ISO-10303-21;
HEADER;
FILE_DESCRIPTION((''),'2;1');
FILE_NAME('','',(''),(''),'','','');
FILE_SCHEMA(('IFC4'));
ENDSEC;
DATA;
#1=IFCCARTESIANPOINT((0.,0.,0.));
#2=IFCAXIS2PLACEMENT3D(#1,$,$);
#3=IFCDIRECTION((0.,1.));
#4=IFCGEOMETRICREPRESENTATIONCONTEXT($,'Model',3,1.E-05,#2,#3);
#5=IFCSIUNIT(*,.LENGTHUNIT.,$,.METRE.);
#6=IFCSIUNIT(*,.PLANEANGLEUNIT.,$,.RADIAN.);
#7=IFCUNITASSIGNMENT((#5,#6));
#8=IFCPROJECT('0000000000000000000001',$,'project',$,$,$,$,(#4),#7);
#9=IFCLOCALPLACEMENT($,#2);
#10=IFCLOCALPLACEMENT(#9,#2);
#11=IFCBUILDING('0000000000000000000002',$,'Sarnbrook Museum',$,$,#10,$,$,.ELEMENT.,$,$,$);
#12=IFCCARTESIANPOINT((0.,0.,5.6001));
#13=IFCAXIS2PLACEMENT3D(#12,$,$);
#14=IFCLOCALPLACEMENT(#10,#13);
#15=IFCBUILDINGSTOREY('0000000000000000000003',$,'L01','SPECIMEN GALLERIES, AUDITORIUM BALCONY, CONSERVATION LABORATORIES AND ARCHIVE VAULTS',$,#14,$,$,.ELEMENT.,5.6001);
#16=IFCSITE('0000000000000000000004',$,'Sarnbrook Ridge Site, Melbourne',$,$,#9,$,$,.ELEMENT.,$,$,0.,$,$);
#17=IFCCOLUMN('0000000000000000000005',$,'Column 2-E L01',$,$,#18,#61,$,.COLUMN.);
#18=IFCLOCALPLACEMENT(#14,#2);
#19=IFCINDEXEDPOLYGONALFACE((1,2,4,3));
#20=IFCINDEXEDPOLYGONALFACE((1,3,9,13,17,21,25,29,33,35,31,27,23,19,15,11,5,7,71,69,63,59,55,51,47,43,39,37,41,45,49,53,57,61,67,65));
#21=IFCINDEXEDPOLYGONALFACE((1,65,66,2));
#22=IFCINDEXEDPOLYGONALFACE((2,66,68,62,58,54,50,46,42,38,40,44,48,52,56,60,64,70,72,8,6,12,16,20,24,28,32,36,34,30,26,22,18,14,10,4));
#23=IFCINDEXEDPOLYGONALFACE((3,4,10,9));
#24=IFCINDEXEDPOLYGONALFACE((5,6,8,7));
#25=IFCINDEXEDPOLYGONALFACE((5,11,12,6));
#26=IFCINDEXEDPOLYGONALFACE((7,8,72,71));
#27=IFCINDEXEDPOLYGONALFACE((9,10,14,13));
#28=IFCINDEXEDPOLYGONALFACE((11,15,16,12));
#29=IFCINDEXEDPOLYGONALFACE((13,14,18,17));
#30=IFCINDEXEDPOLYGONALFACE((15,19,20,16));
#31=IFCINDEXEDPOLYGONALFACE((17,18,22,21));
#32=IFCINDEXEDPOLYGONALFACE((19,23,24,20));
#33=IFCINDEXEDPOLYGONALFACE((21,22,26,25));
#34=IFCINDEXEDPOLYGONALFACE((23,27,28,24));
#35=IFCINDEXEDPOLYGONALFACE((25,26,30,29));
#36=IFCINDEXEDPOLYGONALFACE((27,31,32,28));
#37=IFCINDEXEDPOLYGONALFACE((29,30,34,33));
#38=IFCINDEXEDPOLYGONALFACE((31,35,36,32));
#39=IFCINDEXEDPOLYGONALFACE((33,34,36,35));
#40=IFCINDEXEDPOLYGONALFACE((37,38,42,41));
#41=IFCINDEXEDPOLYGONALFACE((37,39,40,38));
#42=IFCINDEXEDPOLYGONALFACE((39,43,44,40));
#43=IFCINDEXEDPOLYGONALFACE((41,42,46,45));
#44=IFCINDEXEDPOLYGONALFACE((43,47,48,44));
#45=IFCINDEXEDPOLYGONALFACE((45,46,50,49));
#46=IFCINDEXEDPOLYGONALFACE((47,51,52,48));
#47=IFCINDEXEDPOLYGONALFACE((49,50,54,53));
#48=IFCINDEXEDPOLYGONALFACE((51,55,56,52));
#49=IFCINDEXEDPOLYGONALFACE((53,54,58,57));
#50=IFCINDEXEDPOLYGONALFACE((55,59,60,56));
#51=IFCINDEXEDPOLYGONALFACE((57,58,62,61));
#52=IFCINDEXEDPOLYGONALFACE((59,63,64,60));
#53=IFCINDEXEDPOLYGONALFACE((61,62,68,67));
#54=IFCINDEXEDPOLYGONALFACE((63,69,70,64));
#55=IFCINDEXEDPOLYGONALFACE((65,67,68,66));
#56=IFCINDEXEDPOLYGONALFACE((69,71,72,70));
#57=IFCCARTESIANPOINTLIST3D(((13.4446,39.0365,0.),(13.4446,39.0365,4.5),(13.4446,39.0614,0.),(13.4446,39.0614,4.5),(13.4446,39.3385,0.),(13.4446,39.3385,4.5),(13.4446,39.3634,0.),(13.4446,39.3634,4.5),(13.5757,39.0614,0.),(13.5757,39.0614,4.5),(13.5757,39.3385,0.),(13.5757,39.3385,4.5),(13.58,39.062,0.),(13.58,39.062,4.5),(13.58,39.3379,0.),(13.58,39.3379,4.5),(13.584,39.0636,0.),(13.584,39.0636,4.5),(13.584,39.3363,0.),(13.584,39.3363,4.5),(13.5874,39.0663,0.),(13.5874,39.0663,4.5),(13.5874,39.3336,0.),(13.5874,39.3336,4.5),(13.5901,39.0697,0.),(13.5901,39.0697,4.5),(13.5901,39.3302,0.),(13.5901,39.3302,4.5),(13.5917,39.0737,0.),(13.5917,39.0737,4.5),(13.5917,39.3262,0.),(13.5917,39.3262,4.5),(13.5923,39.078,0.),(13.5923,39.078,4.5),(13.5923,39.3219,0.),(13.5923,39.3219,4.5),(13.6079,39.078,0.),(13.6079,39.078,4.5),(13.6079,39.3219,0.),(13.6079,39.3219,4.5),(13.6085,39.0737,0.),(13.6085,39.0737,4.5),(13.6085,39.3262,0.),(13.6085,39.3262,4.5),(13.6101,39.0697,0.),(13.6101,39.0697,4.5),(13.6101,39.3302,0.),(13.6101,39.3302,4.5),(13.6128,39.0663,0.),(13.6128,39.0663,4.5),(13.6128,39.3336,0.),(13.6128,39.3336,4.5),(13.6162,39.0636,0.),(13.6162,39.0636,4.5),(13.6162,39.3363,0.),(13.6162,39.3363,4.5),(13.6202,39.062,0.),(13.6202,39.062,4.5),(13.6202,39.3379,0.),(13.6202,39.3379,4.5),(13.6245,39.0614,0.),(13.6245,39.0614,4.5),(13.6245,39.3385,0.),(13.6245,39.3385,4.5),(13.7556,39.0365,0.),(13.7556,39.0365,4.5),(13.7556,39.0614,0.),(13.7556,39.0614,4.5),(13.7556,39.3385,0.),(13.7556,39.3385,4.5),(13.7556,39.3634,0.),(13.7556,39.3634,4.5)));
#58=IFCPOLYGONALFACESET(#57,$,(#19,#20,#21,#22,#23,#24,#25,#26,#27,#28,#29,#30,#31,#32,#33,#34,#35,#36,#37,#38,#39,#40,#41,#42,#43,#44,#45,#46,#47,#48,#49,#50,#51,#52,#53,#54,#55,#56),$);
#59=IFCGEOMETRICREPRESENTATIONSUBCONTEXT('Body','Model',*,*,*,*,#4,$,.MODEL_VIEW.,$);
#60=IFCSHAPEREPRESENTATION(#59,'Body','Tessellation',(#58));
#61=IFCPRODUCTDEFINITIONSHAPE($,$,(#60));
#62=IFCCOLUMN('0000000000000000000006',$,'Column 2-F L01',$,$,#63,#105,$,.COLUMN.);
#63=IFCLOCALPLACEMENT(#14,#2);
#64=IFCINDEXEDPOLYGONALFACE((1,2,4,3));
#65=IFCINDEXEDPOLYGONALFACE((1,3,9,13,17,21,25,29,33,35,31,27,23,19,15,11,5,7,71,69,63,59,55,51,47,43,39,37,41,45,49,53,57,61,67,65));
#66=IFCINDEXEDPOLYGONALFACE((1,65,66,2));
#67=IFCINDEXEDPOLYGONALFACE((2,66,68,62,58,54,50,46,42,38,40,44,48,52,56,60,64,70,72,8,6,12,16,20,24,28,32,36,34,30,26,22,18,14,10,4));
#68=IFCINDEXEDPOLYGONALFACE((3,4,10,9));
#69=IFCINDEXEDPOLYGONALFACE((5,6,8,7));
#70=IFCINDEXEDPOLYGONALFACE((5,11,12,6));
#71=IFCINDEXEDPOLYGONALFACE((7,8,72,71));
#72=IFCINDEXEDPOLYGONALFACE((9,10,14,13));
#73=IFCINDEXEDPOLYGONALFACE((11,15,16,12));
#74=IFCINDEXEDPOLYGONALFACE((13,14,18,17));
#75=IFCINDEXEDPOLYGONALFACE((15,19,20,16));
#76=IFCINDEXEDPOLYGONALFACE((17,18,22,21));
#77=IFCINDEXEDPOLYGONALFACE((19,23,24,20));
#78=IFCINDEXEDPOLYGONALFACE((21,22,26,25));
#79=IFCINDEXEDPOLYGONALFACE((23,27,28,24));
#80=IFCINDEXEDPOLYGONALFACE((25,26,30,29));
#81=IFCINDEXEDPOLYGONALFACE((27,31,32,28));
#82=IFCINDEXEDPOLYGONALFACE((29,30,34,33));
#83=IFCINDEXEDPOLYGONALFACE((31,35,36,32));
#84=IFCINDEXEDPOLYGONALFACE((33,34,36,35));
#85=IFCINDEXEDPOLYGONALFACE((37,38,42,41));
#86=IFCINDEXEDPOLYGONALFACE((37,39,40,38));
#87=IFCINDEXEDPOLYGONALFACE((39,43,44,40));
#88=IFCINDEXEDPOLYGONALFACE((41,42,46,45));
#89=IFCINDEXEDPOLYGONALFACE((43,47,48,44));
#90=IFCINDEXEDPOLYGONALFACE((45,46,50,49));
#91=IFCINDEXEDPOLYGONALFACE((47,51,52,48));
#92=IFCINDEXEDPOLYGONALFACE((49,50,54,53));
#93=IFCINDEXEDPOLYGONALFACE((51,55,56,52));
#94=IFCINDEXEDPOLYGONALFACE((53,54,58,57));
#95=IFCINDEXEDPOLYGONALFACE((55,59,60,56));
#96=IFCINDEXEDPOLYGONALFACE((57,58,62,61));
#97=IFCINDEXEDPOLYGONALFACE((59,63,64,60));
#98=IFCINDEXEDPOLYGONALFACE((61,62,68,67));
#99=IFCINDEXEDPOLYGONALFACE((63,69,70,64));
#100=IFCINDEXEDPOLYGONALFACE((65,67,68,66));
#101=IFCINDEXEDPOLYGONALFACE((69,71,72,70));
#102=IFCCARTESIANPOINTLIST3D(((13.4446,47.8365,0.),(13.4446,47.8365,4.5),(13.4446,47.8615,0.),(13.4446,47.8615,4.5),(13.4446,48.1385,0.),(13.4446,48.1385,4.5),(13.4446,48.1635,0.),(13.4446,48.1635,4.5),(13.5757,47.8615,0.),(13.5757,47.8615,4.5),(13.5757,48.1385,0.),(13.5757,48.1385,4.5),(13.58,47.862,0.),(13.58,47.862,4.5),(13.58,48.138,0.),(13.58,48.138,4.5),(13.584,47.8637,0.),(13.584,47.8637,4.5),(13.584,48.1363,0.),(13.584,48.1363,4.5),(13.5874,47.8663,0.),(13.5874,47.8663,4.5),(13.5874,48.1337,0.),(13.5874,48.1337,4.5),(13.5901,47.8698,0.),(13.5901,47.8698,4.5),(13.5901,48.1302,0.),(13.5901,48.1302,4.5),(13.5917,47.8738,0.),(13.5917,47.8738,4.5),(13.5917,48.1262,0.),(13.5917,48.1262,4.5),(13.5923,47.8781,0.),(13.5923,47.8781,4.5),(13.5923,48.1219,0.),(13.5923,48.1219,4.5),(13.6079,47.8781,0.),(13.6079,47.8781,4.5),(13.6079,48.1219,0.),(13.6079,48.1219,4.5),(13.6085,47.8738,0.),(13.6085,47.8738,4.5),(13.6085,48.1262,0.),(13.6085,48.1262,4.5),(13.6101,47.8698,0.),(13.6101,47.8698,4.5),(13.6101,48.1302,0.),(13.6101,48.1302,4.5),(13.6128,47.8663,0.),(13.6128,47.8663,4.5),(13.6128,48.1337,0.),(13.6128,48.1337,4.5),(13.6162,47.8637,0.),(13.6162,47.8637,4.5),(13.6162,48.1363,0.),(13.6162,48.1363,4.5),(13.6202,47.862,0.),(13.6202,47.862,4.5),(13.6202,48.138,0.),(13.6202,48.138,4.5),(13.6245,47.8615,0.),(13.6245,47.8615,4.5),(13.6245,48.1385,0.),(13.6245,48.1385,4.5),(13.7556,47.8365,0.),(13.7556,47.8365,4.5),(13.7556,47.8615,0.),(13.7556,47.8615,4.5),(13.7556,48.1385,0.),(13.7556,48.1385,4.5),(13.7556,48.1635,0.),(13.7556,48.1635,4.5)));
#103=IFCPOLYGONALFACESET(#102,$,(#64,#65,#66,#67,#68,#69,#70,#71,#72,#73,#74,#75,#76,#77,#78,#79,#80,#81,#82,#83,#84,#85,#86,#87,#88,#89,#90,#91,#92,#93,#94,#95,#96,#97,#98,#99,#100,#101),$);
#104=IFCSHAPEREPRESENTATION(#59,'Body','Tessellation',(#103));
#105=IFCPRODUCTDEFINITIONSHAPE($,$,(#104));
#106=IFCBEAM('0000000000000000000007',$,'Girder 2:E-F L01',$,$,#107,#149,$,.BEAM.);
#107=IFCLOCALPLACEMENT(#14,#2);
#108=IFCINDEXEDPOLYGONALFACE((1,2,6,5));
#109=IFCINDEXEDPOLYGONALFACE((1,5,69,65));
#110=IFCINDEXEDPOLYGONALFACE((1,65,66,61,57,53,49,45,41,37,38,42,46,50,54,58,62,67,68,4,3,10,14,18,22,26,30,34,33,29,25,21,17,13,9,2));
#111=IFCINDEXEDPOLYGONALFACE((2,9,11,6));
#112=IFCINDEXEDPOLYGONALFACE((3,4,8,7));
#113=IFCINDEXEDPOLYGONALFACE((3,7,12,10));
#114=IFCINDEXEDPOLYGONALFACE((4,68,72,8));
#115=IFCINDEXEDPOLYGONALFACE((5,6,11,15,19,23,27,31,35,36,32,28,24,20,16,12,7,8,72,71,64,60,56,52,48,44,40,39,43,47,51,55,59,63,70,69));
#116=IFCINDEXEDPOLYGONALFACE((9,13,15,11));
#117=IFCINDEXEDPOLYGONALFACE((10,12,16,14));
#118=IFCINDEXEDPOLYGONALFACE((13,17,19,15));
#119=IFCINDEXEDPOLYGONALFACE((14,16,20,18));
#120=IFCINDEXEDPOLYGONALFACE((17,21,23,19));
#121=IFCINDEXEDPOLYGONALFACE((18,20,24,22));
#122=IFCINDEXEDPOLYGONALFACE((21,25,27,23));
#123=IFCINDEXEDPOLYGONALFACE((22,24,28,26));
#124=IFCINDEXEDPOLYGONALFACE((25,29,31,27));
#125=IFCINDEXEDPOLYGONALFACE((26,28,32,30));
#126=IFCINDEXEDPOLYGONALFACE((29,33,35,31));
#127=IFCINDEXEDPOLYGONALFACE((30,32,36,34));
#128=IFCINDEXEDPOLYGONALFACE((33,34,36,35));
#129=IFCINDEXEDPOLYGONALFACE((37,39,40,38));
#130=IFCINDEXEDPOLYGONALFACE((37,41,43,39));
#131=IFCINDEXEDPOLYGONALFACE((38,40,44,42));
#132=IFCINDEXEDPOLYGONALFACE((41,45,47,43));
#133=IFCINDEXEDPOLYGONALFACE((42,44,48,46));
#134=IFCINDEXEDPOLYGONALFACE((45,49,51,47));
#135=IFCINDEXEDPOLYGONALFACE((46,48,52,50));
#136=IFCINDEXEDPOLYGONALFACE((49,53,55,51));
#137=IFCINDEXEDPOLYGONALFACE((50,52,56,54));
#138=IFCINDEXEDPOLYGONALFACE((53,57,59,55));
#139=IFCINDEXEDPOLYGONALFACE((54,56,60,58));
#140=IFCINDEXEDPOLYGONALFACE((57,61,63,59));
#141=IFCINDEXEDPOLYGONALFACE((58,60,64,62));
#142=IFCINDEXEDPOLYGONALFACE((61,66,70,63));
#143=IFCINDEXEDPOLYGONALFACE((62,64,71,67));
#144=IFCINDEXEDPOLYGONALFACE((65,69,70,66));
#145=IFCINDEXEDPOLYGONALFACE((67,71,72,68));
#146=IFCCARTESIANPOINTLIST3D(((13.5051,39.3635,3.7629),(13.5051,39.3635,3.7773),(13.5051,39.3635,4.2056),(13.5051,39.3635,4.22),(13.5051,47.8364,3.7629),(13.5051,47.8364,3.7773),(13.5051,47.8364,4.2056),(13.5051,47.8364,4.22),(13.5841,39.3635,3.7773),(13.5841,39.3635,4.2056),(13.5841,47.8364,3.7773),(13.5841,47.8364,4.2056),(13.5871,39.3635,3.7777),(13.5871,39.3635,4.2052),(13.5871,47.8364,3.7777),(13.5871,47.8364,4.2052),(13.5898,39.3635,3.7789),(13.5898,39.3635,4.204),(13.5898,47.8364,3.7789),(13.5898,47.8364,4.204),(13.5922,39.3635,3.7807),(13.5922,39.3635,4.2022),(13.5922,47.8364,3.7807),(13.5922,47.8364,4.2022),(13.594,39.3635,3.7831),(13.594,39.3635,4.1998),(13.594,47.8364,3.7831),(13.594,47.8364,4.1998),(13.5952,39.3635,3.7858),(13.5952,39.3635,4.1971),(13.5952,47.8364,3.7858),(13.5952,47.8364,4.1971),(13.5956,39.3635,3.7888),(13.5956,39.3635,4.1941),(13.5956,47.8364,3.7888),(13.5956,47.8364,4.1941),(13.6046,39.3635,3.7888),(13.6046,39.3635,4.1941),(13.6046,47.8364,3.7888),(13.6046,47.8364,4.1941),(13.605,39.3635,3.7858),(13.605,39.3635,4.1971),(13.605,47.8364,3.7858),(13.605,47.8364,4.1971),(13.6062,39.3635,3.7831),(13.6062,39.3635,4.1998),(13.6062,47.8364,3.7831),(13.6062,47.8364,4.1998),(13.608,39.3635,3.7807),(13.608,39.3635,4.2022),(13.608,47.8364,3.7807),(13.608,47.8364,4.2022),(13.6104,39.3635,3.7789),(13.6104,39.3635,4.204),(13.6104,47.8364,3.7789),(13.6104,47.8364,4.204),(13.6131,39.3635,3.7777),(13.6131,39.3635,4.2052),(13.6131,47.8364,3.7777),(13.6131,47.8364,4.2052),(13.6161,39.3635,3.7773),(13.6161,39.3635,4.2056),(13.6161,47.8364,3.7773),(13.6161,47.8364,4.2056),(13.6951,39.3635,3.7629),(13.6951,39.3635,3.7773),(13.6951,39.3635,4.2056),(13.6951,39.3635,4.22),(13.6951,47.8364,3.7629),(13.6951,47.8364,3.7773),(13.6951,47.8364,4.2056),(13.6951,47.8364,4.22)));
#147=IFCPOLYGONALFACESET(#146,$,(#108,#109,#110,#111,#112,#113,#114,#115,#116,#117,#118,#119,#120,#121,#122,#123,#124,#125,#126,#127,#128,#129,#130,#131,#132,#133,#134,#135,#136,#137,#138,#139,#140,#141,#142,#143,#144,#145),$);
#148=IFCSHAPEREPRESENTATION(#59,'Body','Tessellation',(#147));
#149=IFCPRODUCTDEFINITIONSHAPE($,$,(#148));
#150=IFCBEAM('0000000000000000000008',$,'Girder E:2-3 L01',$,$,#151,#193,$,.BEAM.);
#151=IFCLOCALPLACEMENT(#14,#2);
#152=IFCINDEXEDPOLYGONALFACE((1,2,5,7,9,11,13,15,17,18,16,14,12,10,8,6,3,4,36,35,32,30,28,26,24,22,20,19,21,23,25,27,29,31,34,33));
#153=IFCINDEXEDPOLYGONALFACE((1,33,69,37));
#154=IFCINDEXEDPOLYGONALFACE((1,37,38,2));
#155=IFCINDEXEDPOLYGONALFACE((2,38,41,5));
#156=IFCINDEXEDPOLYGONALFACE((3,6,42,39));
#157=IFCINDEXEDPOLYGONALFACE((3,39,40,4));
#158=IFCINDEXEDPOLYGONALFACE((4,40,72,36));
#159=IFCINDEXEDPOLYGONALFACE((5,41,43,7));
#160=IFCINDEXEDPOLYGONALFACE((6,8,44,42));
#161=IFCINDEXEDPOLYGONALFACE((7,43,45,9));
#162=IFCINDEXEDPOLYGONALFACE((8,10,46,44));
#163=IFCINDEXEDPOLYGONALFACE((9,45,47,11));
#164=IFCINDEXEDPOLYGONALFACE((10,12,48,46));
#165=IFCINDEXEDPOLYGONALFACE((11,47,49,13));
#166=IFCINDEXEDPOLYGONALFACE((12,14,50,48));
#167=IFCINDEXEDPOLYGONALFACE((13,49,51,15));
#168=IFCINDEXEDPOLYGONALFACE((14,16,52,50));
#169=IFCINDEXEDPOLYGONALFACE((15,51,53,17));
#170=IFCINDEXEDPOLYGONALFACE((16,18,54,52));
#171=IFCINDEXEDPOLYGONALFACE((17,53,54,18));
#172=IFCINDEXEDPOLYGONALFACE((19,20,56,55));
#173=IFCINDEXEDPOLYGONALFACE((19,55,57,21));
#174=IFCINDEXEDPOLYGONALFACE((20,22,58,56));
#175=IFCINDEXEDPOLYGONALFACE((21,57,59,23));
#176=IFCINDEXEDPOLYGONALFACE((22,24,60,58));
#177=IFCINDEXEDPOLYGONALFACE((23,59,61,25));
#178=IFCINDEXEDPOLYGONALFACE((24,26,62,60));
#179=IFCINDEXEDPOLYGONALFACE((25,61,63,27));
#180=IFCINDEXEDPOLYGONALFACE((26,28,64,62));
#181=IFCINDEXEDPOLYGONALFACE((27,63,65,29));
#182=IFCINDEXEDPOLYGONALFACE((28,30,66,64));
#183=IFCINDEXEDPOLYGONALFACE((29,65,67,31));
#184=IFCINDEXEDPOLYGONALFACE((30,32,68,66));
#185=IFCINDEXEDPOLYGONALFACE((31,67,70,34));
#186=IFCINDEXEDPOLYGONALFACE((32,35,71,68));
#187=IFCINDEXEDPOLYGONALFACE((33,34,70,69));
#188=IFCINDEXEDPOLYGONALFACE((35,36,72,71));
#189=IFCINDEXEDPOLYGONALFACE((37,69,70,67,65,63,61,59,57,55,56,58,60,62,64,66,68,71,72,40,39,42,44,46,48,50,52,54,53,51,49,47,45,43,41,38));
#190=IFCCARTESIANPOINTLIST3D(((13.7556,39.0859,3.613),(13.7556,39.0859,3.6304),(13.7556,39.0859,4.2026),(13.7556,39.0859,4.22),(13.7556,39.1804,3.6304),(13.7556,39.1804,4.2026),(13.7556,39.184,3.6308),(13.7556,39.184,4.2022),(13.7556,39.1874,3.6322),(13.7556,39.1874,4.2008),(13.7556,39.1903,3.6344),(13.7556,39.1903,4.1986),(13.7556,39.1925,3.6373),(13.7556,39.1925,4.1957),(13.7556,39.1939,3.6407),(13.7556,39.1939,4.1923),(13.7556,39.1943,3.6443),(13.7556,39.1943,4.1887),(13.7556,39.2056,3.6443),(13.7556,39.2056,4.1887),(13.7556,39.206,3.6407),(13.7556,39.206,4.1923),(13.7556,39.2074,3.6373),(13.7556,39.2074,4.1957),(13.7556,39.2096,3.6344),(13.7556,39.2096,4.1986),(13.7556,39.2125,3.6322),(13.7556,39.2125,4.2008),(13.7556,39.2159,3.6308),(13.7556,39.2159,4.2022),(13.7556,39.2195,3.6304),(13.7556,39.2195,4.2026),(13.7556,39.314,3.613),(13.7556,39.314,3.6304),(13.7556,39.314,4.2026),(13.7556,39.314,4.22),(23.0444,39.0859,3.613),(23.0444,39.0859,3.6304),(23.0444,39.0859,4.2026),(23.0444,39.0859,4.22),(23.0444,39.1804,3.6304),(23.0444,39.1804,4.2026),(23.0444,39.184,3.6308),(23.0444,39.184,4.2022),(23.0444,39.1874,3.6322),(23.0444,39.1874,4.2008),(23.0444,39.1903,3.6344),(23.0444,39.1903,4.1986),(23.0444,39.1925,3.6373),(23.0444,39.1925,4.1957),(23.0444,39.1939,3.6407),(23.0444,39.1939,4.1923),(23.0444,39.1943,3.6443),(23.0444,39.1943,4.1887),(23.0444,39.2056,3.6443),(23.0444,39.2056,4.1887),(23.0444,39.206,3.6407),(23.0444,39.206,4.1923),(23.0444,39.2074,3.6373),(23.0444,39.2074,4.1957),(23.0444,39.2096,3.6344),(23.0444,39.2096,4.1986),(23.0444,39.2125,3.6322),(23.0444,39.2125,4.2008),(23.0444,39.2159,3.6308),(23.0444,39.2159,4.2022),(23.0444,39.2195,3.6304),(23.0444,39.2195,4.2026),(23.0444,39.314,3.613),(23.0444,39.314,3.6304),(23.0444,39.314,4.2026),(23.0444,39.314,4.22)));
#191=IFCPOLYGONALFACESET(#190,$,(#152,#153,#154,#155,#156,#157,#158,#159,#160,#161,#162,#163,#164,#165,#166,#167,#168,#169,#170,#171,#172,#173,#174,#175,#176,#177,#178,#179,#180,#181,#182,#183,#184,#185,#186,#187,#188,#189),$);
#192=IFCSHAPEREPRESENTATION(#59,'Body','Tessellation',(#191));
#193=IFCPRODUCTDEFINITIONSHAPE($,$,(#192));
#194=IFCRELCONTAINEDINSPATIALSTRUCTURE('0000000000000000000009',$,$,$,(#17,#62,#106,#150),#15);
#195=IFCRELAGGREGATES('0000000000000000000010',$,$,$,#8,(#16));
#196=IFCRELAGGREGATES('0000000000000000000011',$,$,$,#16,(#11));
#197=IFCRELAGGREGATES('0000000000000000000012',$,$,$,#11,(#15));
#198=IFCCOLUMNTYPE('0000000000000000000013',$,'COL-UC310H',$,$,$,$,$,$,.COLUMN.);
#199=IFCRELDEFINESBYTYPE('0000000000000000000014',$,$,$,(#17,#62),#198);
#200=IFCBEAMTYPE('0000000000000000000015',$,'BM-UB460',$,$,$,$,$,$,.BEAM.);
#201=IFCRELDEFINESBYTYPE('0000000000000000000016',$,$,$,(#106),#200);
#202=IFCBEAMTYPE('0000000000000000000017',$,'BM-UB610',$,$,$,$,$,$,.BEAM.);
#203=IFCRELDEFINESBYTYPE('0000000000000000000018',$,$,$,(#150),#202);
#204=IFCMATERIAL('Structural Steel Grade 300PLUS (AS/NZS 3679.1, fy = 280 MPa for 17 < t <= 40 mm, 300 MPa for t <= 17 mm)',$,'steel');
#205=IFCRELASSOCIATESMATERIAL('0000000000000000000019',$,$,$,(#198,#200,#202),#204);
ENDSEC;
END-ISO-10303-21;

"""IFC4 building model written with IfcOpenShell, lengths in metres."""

from ifc_helpers import new_model, si_unit, direction, frame, origin, origin_2d, place, context, subcontext, project, spatial, i_section, extrude, material, material_profile, profile_set, type_object, element, save


model = new_model("IFC4")

# Units and contexts
model_context = context("Model", 3, precision=1e-05, world=origin(), true_north=direction((0.0, 1.0)))
body_context = subcontext(model_context, "Body", "Model", "MODEL_VIEW")
ifc_project = project(units=[si_unit("LENGTHUNIT", "METRE"), si_unit("PLANEANGLEUNIT", "RADIAN")], contexts=[model_context])

# Site, building, storey
site_placement = place(None, origin())
site = spatial("IfcSite", under=ifc_project, at=site_placement, Name="Sarnbrook Ridge Site, Melbourne", CompositionType="ELEMENT", RefElevation=0.0)
building_placement = place(site_placement, origin())
building = spatial("IfcBuilding", under=site, at=building_placement, Name="Sarnbrook Museum", CompositionType="ELEMENT")
storey_placement = place(building_placement, frame((0.0, 0.0, 5.6001)))
storey = spatial("IfcBuildingStorey", under=building, at=storey_placement, Name="L01", Description="SPECIMEN GALLERIES, AUDITORIUM BALCONY, CONSERVATION LABORATORIES AND ARCHIVE VAULTS", CompositionType="ELEMENT", Elevation=5.6001)

# Columns
ifc_material_1 = material(Name="Structural Steel Grade 300PLUS (AS/NZS 3679.1, fy = 280 MPa for 17 < t <= 40 mm, 300 MPa for t <= 17 mm)", Category="steel")
ifc_material_profile_1 = material_profile(ifc_material_1, i_section(OverallWidth=0.311, OverallDepth=0.3269, WebThickness=0.0156, FlangeThickness=0.0249, FilletRadius=0.0166, at=origin_2d()), Name="310UC158")
ifc_profile_set_1 = profile_set([ifc_material_profile_1], Name="Structural Steel Grade 300PLUS (AS/NZS 3679.1, fy = 280 MPa for 17 < t <= 40 mm, 300 MPa for t <= 17 mm)")
column_type = type_object("IfcColumnType", Name="COL-UC310H", PredefinedType="COLUMN", material=ifc_profile_set_1)
for number, where, z_axis, x_axis, name in (
    (1, (13.6001, 39.2, 0.0), (0.0, 0.0, 1.0), (1.0, 0.0, 0.0), "Column 2-E L01"),
    (2, (13.6001, 48.0, 0.0), (0.0, 0.0, 1.0), (1.0, 0.0, 0.0), "Column 2-F L01"),
):
    element("IfcColumn", number, at=place(storey_placement, frame(where, z_axis=z_axis, x_axis=x_axis)), inside=storey, type_object=column_type, Name=name, PredefinedType="COLUMN", context=body_context, shape_type="SweptSolid", body=[
        extrude(i_section(OverallWidth=0.311, OverallDepth=0.3269, WebThickness=0.0156, FlangeThickness=0.0249, FilletRadius=0.0166, at=origin_2d()), origin(), (0.0, 0.0, 1.0), 4.5),
    ])

# Beams
ifc_material_profile_2 = material_profile(ifc_material_1, i_section(OverallWidth=0.1899, OverallDepth=0.457, WebThickness=0.009, FlangeThickness=0.0144, FilletRadius=0.0115, at=origin_2d()), Name="460UB74.6")
ifc_profile_set_2 = profile_set([ifc_material_profile_2], Name="Structural Steel Grade 300PLUS (AS/NZS 3679.1, fy = 280 MPa for 17 < t <= 40 mm, 300 MPa for t <= 17 mm)")
beam_type_1 = type_object("IfcBeamType", Name="BM-UB460", PredefinedType="BEAM", material=ifc_profile_set_2)
beam_1_placement = place(storey_placement, frame((13.6001, 39.3635, 3.9915), z_axis=(0.0, 1.0, 0.0), x_axis=(-1.0, 0.0, 0.0)))
element("IfcBeam", 3, at=beam_1_placement, inside=storey, type_object=beam_type_1, Name="Girder 2:E-F L01", PredefinedType="BEAM", context=body_context, shape_type="SweptSolid", body=[
    extrude(i_section(OverallWidth=0.1899, OverallDepth=0.457, WebThickness=0.009, FlangeThickness=0.0144, FilletRadius=0.0115, at=origin_2d()), origin(), (0.0, 0.0, 1.0), 8.4729),
])
ifc_material_profile_3 = material_profile(ifc_material_1, i_section(OverallWidth=0.228, OverallDepth=0.6069, WebThickness=0.0112, FlangeThickness=0.0173, FilletRadius=0.0139, at=origin_2d()), Name="610UB113")
ifc_profile_set_3 = profile_set([ifc_material_profile_3], Name="Structural Steel Grade 300PLUS (AS/NZS 3679.1, fy = 280 MPa for 17 < t <= 40 mm, 300 MPa for t <= 17 mm)")
beam_type_2 = type_object("IfcBeamType", Name="BM-UB610", PredefinedType="BEAM", material=ifc_profile_set_3)
beam_2_placement = place(storey_placement, frame((13.7556, 39.2, 3.9165), z_axis=(1.0, 0.0, 0.0), x_axis=(0.0, 1.0, 0.0)))
element("IfcBeam", 4, at=beam_2_placement, inside=storey, type_object=beam_type_2, Name="Girder E:2-3 L01", PredefinedType="BEAM", context=body_context, shape_type="SweptSolid", body=[
    extrude(i_section(OverallWidth=0.228, OverallDepth=0.6069, WebThickness=0.0112, FlangeThickness=0.0173, FilletRadius=0.0139, at=origin_2d()), origin(), (0.0, 0.0, 1.0), 9.2888),
])

save(model, "model.ifc")
